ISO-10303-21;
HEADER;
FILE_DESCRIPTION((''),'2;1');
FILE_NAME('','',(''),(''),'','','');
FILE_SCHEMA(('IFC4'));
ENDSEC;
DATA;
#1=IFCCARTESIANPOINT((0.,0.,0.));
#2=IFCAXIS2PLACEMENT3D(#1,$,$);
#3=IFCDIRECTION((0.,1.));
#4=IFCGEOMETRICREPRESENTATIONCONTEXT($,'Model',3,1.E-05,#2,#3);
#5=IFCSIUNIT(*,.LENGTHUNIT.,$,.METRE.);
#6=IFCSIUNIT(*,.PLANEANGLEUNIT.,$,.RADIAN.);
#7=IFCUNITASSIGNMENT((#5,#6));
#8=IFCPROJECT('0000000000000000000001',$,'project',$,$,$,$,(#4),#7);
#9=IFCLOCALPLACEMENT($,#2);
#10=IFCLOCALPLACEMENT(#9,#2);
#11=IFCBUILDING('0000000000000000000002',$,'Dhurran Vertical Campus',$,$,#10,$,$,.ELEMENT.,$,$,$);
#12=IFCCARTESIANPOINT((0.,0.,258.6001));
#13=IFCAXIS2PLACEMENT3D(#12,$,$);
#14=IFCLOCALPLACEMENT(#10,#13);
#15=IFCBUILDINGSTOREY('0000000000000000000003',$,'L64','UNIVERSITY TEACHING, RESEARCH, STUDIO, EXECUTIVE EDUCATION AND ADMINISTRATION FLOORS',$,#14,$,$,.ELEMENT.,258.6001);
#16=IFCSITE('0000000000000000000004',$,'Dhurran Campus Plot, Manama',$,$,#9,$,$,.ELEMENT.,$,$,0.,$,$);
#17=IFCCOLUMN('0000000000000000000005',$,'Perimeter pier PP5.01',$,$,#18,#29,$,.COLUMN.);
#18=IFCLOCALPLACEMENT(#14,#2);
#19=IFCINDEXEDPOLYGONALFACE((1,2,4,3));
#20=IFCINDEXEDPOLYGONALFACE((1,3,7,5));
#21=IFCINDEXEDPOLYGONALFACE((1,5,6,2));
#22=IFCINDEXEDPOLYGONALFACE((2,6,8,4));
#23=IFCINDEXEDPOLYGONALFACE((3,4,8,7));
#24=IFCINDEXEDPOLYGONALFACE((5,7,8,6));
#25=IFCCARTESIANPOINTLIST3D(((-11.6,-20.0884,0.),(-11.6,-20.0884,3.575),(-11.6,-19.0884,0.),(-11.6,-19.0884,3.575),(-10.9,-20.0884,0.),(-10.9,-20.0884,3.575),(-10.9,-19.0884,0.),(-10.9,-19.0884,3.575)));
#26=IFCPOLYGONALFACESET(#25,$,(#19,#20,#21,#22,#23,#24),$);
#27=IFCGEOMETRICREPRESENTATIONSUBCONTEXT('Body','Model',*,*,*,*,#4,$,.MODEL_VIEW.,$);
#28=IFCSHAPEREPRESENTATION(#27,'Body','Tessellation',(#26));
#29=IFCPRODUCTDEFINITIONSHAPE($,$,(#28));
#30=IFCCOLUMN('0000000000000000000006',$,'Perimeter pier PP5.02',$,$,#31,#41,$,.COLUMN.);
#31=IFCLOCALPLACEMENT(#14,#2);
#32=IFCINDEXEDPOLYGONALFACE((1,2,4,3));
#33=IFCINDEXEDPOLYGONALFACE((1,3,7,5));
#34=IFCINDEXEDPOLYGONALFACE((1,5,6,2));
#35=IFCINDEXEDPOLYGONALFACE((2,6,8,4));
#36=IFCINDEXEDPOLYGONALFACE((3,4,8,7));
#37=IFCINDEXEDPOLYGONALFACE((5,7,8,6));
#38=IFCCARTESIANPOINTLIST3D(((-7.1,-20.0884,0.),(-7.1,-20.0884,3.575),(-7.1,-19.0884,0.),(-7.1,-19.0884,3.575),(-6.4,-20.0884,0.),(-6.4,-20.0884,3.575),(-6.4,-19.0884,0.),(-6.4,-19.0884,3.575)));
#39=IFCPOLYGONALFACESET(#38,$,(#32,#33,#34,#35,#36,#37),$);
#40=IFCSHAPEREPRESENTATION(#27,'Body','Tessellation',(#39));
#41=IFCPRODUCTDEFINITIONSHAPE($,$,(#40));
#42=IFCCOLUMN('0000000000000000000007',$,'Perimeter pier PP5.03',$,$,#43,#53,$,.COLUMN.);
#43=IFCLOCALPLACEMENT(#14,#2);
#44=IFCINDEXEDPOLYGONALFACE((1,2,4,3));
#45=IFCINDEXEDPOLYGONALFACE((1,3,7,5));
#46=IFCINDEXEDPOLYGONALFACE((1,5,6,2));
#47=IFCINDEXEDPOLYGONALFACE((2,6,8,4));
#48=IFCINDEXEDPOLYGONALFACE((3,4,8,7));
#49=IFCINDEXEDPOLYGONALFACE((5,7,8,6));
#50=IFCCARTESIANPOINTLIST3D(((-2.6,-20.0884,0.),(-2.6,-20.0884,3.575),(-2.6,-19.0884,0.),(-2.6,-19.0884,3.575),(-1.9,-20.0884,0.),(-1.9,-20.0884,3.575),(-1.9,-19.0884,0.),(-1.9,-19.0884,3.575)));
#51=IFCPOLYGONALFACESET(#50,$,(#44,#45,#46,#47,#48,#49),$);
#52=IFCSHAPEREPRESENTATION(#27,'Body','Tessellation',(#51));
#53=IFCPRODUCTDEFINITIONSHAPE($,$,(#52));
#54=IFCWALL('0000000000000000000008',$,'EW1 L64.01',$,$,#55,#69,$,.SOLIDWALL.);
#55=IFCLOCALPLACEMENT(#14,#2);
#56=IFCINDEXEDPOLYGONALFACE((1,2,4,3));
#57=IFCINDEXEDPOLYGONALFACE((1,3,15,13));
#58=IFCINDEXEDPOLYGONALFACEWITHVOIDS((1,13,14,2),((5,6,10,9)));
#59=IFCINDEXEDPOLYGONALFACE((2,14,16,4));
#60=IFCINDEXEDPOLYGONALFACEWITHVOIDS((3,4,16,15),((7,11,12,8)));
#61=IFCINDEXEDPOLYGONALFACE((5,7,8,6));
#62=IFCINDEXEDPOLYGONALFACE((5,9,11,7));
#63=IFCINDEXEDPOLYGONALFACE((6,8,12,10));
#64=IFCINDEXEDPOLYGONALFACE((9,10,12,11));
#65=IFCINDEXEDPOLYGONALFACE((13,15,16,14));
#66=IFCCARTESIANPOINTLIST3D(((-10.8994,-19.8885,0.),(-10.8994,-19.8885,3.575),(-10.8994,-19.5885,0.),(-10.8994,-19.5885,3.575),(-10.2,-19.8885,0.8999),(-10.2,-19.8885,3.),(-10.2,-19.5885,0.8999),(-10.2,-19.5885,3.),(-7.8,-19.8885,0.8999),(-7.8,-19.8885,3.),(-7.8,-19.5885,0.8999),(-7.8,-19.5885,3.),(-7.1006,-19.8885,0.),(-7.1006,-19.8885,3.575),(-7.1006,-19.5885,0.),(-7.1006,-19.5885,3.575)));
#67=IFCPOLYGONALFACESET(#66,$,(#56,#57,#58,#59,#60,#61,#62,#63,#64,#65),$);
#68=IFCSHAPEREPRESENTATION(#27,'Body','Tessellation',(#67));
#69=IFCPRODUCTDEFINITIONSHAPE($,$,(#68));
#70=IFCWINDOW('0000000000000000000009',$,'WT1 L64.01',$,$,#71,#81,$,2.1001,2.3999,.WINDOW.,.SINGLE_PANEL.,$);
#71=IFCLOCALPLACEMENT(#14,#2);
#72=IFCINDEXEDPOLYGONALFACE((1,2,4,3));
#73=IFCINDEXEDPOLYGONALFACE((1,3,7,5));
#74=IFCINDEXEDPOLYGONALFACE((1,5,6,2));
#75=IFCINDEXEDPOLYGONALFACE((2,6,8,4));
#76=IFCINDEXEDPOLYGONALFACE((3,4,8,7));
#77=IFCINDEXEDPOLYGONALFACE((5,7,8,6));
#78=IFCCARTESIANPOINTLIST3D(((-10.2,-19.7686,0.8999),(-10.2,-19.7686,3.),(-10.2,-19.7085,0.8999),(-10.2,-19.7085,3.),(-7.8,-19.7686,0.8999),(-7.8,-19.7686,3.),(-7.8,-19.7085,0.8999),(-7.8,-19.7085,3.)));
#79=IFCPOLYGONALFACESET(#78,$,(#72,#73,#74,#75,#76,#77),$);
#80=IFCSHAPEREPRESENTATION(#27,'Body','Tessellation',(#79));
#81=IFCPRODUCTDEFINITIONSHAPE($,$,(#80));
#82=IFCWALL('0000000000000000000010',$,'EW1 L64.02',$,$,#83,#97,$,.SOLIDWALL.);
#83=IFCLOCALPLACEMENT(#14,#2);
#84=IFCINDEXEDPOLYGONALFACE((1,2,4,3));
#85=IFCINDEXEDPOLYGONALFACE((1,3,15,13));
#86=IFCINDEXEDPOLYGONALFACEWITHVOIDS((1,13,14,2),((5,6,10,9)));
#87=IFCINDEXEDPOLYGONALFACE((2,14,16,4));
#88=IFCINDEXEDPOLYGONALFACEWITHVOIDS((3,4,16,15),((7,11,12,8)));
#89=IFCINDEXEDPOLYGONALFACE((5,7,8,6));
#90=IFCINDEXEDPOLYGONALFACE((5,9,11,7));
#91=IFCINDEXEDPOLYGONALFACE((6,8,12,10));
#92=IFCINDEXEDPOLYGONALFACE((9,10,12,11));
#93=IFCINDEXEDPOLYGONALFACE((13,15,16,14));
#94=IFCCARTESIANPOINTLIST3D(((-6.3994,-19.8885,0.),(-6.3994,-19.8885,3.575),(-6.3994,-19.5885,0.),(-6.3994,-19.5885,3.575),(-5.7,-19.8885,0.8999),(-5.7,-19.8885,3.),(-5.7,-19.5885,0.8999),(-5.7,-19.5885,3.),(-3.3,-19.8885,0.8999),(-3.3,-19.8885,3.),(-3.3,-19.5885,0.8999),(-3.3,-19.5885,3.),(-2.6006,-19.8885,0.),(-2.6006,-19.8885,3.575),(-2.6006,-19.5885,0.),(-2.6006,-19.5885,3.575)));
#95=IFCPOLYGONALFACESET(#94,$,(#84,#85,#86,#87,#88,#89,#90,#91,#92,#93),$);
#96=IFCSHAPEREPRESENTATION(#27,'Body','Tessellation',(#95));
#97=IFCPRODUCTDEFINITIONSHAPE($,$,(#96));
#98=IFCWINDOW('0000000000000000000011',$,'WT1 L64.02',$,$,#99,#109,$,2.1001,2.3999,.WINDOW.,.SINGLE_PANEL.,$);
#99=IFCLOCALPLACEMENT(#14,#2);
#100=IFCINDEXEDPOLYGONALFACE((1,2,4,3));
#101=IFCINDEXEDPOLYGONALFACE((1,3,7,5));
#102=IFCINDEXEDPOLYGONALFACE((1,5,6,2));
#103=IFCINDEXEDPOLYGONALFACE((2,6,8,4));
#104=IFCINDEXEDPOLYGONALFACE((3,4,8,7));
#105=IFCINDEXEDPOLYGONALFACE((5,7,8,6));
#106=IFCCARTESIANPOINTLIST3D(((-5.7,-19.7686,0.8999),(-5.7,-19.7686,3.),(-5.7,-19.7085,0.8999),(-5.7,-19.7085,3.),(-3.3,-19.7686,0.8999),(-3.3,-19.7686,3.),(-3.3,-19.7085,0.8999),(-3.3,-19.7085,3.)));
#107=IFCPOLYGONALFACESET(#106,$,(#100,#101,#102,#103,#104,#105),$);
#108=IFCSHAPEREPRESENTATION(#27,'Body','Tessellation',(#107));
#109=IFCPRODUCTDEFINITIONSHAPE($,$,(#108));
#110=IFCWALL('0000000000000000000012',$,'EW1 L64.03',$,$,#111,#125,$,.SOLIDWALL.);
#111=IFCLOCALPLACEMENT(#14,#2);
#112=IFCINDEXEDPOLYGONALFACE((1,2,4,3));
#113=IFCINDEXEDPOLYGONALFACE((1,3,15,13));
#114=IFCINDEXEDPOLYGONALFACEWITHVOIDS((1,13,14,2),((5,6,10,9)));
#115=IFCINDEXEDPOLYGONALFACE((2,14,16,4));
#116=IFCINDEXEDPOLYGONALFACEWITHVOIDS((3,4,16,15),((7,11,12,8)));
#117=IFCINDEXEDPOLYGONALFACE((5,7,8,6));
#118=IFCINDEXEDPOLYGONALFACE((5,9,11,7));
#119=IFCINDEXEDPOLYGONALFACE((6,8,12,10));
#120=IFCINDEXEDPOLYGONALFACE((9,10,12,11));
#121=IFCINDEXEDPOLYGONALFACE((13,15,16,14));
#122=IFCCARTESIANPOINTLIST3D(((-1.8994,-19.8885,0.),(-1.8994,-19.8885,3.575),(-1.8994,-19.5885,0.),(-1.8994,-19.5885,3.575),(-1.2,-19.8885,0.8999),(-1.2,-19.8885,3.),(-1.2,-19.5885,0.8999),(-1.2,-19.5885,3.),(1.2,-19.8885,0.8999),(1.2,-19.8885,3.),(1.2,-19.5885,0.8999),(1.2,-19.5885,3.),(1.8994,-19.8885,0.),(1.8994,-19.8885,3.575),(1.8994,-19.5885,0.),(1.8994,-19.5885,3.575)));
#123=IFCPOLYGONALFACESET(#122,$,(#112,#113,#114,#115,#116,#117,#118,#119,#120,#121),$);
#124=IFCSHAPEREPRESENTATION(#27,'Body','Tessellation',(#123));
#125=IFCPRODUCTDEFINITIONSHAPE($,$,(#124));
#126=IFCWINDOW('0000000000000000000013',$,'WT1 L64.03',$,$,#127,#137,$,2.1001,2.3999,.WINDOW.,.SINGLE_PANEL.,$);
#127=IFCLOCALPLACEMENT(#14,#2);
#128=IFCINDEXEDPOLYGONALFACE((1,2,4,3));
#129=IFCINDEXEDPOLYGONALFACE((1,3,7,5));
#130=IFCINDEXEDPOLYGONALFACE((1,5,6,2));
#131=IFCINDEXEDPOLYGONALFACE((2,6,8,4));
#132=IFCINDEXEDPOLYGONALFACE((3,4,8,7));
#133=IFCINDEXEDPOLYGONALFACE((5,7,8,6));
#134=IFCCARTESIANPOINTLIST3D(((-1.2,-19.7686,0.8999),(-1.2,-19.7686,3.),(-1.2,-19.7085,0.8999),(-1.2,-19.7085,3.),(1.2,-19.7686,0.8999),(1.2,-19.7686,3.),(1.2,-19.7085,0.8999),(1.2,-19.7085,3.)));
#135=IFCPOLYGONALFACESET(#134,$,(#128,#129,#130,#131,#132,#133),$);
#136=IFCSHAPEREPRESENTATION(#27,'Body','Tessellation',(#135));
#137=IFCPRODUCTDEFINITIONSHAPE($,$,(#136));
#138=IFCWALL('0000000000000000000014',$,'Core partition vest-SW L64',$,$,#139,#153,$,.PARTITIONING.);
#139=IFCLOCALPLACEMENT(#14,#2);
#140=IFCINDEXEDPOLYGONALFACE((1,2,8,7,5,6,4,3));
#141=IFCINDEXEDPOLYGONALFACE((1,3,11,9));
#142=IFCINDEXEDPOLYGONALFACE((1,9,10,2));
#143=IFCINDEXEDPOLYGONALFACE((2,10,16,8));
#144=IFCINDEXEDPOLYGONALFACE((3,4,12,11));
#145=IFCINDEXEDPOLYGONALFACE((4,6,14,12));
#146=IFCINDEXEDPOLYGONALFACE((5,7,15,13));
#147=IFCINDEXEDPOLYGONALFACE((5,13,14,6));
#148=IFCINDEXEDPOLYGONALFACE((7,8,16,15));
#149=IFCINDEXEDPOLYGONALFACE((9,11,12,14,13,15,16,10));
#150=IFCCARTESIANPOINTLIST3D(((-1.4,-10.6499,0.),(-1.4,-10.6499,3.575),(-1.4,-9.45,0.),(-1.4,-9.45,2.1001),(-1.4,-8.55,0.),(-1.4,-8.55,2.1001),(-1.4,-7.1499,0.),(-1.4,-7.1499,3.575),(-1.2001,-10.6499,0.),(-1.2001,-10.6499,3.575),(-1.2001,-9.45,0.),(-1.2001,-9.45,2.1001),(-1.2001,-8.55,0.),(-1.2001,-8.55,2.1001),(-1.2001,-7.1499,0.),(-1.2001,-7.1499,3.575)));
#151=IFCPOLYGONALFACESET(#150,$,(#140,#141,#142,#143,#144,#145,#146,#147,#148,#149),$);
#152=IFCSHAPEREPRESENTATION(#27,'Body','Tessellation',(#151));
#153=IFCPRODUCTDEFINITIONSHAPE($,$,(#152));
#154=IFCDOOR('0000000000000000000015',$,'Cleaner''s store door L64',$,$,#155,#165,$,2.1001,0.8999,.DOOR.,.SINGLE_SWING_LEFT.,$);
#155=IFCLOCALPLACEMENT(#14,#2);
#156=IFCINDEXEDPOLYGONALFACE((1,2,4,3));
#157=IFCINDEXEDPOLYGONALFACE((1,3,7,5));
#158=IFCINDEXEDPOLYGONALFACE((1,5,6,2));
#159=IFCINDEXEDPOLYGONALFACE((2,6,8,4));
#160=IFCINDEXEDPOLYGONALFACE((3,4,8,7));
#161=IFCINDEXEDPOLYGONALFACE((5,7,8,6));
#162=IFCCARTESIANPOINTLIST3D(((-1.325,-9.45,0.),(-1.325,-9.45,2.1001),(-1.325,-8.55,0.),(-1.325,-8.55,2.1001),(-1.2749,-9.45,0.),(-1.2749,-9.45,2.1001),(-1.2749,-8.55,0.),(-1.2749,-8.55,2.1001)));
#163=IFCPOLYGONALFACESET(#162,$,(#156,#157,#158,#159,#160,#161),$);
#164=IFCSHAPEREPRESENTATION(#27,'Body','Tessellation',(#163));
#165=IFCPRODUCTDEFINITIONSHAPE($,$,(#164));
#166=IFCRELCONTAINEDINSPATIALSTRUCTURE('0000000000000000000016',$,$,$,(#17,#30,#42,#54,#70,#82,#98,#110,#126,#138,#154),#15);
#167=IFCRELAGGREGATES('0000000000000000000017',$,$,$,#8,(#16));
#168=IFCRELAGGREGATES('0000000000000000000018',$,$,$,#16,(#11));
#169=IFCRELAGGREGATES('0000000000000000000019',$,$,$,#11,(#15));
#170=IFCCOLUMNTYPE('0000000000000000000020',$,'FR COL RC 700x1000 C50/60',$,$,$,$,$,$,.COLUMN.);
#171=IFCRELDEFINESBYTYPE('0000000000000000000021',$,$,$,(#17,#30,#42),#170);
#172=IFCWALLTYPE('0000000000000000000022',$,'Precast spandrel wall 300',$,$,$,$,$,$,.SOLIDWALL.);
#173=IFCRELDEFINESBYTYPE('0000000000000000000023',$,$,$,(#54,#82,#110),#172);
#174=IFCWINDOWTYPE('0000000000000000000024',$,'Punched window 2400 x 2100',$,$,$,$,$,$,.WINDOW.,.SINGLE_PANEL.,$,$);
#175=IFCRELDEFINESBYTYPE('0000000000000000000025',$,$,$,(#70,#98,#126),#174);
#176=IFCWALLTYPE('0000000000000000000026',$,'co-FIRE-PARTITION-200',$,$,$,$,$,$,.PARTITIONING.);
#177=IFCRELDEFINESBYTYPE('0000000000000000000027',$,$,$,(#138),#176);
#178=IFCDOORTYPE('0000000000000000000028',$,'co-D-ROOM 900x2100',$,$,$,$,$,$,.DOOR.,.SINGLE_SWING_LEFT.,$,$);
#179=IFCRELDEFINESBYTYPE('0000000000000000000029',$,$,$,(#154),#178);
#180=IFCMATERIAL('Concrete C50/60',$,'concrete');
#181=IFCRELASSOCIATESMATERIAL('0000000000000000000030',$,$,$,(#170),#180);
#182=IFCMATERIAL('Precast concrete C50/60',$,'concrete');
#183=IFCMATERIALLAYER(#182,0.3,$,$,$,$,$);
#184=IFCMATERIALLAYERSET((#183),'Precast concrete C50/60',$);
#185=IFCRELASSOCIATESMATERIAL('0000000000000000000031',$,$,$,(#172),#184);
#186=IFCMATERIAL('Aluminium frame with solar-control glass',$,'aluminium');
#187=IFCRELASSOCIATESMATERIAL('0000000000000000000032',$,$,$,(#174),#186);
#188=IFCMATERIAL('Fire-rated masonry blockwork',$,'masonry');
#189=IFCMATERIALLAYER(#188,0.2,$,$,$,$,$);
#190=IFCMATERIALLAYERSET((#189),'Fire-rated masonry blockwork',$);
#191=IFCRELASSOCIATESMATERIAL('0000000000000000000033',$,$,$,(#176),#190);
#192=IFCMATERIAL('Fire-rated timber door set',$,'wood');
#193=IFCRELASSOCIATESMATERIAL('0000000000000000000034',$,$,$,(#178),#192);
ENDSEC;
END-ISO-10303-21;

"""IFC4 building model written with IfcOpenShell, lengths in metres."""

from ifc_helpers import new_model, si_unit, direction, frame, frame_2d, origin, origin_2d, place, context, subcontext, project, spatial, rectangle, extrude, material, layer, layer_set, material_profile, profile_set, type_object, element, fill, save


model = new_model("IFC4")

# Units and contexts
model_context = context("Model", 3, precision=1e-05, world=origin(), true_north=direction((0.0, 1.0)))
body_context = subcontext(model_context, "Body", "Model", "MODEL_VIEW")
ifc_project = project(units=[si_unit("LENGTHUNIT", "METRE"), si_unit("PLANEANGLEUNIT", "RADIAN")], contexts=[model_context])

# Site, building, storey
site_placement = place(None, origin())
site = spatial("IfcSite", under=ifc_project, at=site_placement, Name="Dhurran Campus Plot, Manama", CompositionType="ELEMENT", RefElevation=0.0)
building_placement = place(site_placement, origin())
building = spatial("IfcBuilding", under=site, at=building_placement, Name="Dhurran Vertical Campus", CompositionType="ELEMENT")
storey_placement = place(building_placement, frame((0.0, 0.0, 258.6001)))
storey = spatial("IfcBuildingStorey", under=building, at=storey_placement, Name="L64", Description="UNIVERSITY TEACHING, RESEARCH, STUDIO, EXECUTIVE EDUCATION AND ADMINISTRATION FLOORS", CompositionType="ELEMENT", Elevation=258.6001)

# Columns
ifc_material_1 = material(Name="Concrete C50/60", Category="concrete")
ifc_material_profile = material_profile(ifc_material_1, rectangle(XDim=0.7, YDim=1.0, at=origin_2d()), Name="RC 700x1000")
ifc_profile_set = profile_set([ifc_material_profile], Name="Concrete C50/60")
column_type = type_object("IfcColumnType", Name="FR COL RC 700x1000 C50/60", PredefinedType="COLUMN", material=ifc_profile_set)
for number, where, z_axis, x_axis, name in (
    (1, (-11.25, -19.5884, 0.0), (0.0, 0.0, 1.0), (1.0, 0.0, 0.0), "Perimeter pier PP5.01"),
    (2, (-6.75, -19.5884, 0.0), (0.0, 0.0, 1.0), (1.0, 0.0, 0.0), "Perimeter pier PP5.02"),
    (3, (-2.25, -19.5884, 0.0), (0.0, 0.0, 1.0), (1.0, 0.0, 0.0), "Perimeter pier PP5.03"),
):
    element("IfcColumn", number, at=place(storey_placement, frame(where, z_axis=z_axis, x_axis=x_axis)), inside=storey, type_object=column_type, Name=name, PredefinedType="COLUMN", context=body_context, shape_type="SweptSolid", body=[
        extrude(rectangle(XDim=0.7, YDim=1.0, at=origin_2d()), origin(), (0.0, 0.0, 1.0), 3.575),
    ])

# Walls, openings, windows
ifc_material_2 = material(Name="Precast concrete C50/60", Category="concrete")
ifc_layer_1 = layer(ifc_material_2, 0.3)
ifc_layer_set_1 = layer_set([ifc_layer_1], Name="Precast concrete C50/60")
wall_type_1 = type_object("IfcWallType", Name="Precast spandrel wall 300", PredefinedType="SOLIDWALL", material=ifc_layer_set_1)
wall_1_placement = place(storey_placement, frame((-10.8994, -19.7385, 0.0), z_axis=(0.0, 0.0, 1.0), x_axis=(1.0, 0.0, 0.0)))
wall_1 = element("IfcWall", 4, at=wall_1_placement, inside=storey, type_object=wall_type_1, Name="EW1 L64.01", PredefinedType="SOLIDWALL", context=body_context, shape_type="SweptSolid", body=[
    extrude(rectangle(XDim=3.7988, YDim=0.3, at=frame_2d((1.8994, 0.0))), origin(), (0.0, 0.0, 1.0), 3.575),
])
opening_1_placement = place(wall_1_placement, frame((0.6995, 0.0, 0.8999)))
opening_1 = element("IfcOpeningElement", 5, at=opening_1_placement, cuts=wall_1, PredefinedType="OPENING", context=body_context, shape_type="SweptSolid", body=[
    extrude(rectangle(XDim=2.3999, YDim=2.1001, at=frame_2d((1.2, 1.05))), frame((0.0, 0.1599, 0.0), z_axis=(0.0, -1.0, 0.0), x_axis=(1.0, 0.0, 0.0)), (0.0, 0.0, 1.0), 0.3201),
])
ifc_material_3 = material(Name="Aluminium frame with solar-control glass", Category="aluminium")
window_type = type_object("IfcWindowType", Name="Punched window 2400 x 2100", PartitioningType="SINGLE_PANEL", PredefinedType="WINDOW", material=ifc_material_3)
window_1_placement = place(opening_1_placement, origin())
window_1 = element("IfcWindow", 6, at=window_1_placement, inside=storey, type_object=window_type, Name="WT1 L64.01", OverallHeight=2.1001, OverallWidth=2.3999, PartitioningType="SINGLE_PANEL", PredefinedType="WINDOW", context=body_context, shape_type="SweptSolid", body=[
    extrude(rectangle(XDim=2.3999, YDim=2.1001, at=frame_2d((1.2, 1.05))), frame((0.0, 0.03, 0.0), z_axis=(0.0, -1.0, 0.0), x_axis=(1.0, 0.0, 0.0)), (0.0, 0.0, 1.0), 0.0601),
])
fill(opening_1, window_1)
wall_2_placement = place(storey_placement, frame((-6.3994, -19.7385, 0.0), z_axis=(0.0, 0.0, 1.0), x_axis=(1.0, 0.0, 0.0)))
wall_2 = element("IfcWall", 7, at=wall_2_placement, inside=storey, type_object=wall_type_1, Name="EW1 L64.02", PredefinedType="SOLIDWALL", context=body_context, shape_type="SweptSolid", body=[
    extrude(rectangle(XDim=3.7988, YDim=0.3, at=frame_2d((1.8994, 0.0))), origin(), (0.0, 0.0, 1.0), 3.575),
])
opening_2_placement = place(wall_2_placement, frame((0.6995, 0.0, 0.8999)))
opening_2 = element("IfcOpeningElement", 8, at=opening_2_placement, cuts=wall_2, PredefinedType="OPENING", context=body_context, shape_type="SweptSolid", body=[
    extrude(rectangle(XDim=2.3999, YDim=2.1001, at=frame_2d((1.2, 1.05))), frame((0.0, 0.1599, 0.0), z_axis=(0.0, -1.0, 0.0), x_axis=(1.0, 0.0, 0.0)), (0.0, 0.0, 1.0), 0.3201),
])
window_2_placement = place(opening_2_placement, origin())
window_2 = element("IfcWindow", 9, at=window_2_placement, inside=storey, type_object=window_type, Name="WT1 L64.02", OverallHeight=2.1001, OverallWidth=2.3999, PartitioningType="SINGLE_PANEL", PredefinedType="WINDOW", context=body_context, shape_type="SweptSolid", body=[
    extrude(rectangle(XDim=2.3999, YDim=2.1001, at=frame_2d((1.2, 1.05))), frame((0.0, 0.03, 0.0), z_axis=(0.0, -1.0, 0.0), x_axis=(1.0, 0.0, 0.0)), (0.0, 0.0, 1.0), 0.0601),
])
fill(opening_2, window_2)
wall_3_placement = place(storey_placement, frame((-1.8994, -19.7385, 0.0), z_axis=(0.0, 0.0, 1.0), x_axis=(1.0, 0.0, 0.0)))
wall_3 = element("IfcWall", 10, at=wall_3_placement, inside=storey, type_object=wall_type_1, Name="EW1 L64.03", PredefinedType="SOLIDWALL", context=body_context, shape_type="SweptSolid", body=[
    extrude(rectangle(XDim=3.7988, YDim=0.3, at=frame_2d((1.8994, 0.0))), origin(), (0.0, 0.0, 1.0), 3.575),
])
opening_3_placement = place(wall_3_placement, frame((0.6995, 0.0, 0.8999)))
opening_3 = element("IfcOpeningElement", 11, at=opening_3_placement, cuts=wall_3, PredefinedType="OPENING", context=body_context, shape_type="SweptSolid", body=[
    extrude(rectangle(XDim=2.3999, YDim=2.1001, at=frame_2d((1.2, 1.05))), frame((0.0, 0.1599, 0.0), z_axis=(0.0, -1.0, 0.0), x_axis=(1.0, 0.0, 0.0)), (0.0, 0.0, 1.0), 0.3201),
])
window_3_placement = place(opening_3_placement, origin())
window_3 = element("IfcWindow", 12, at=window_3_placement, inside=storey, type_object=window_type, Name="WT1 L64.03", OverallHeight=2.1001, OverallWidth=2.3999, PartitioningType="SINGLE_PANEL", PredefinedType="WINDOW", context=body_context, shape_type="SweptSolid", body=[
    extrude(rectangle(XDim=2.3999, YDim=2.1001, at=frame_2d((1.2, 1.05))), frame((0.0, 0.03, 0.0), z_axis=(0.0, -1.0, 0.0), x_axis=(1.0, 0.0, 0.0)), (0.0, 0.0, 1.0), 0.0601),
])
fill(opening_3, window_3)

# Wall, opening, door
ifc_material_4 = material(Name="Fire-rated masonry blockwork", Category="masonry")
ifc_layer_2 = layer(ifc_material_4, 0.2)
ifc_layer_set_2 = layer_set([ifc_layer_2], Name="Fire-rated masonry blockwork")
wall_type_2 = type_object("IfcWallType", Name="co-FIRE-PARTITION-200", PredefinedType="PARTITIONING", material=ifc_layer_set_2)
wall_4_placement = place(storey_placement, frame((-1.3, -10.6499, 0.0), z_axis=(0.0, 0.0, 1.0), x_axis=(0.0, 1.0, 0.0)))
wall_4 = element("IfcWall", 13, at=wall_4_placement, inside=storey, type_object=wall_type_2, Name="Core partition vest-SW L64", PredefinedType="PARTITIONING", context=body_context, shape_type="SweptSolid", body=[
    extrude(rectangle(XDim=3.5, YDim=0.2, at=frame_2d((1.75, 0.0))), origin(), (0.0, 0.0, 1.0), 3.575),
])
opening_4_placement = place(wall_4_placement, frame((1.2, 0.0, 0.0)))
opening_4 = element("IfcOpeningElement", 14, at=opening_4_placement, cuts=wall_4, PredefinedType="OPENING", context=body_context, shape_type="SweptSolid", body=[
    extrude(rectangle(XDim=0.8999, YDim=2.1001, at=frame_2d((0.45, 1.05))), frame((0.0, 0.1099, 0.0), z_axis=(0.0, -1.0, 0.0), x_axis=(1.0, 0.0, 0.0)), (0.0, 0.0, 1.0), 0.22),
])
ifc_material_5 = material(Name="Fire-rated timber door set", Category="wood")
door_type_1 = type_object("IfcDoorType", Name="co-D-ROOM 900x2100", OperationType="SINGLE_SWING_LEFT", PredefinedType="DOOR", material=ifc_material_5)
door_1_placement = place(opening_4_placement, origin())
door_1 = element("IfcDoor", 15, at=door_1_placement, inside=storey, type_object=door_type_1, Name="Cleaner's store door L64", OperationType="SINGLE_SWING_LEFT", OverallHeight=2.1001, OverallWidth=0.8999, PredefinedType="DOOR", context=body_context, shape_type="SweptSolid", body=[
    extrude(rectangle(XDim=0.8999, YDim=2.1001, at=frame_2d((0.45, 1.05))), frame((0.0, 0.0249, 0.0), z_axis=(0.0, -1.0, 0.0), x_axis=(1.0, 0.0, 0.0)), (0.0, 0.0, 1.0), 0.05),
])
fill(opening_4, door_1)

save(model, "model.ifc")
